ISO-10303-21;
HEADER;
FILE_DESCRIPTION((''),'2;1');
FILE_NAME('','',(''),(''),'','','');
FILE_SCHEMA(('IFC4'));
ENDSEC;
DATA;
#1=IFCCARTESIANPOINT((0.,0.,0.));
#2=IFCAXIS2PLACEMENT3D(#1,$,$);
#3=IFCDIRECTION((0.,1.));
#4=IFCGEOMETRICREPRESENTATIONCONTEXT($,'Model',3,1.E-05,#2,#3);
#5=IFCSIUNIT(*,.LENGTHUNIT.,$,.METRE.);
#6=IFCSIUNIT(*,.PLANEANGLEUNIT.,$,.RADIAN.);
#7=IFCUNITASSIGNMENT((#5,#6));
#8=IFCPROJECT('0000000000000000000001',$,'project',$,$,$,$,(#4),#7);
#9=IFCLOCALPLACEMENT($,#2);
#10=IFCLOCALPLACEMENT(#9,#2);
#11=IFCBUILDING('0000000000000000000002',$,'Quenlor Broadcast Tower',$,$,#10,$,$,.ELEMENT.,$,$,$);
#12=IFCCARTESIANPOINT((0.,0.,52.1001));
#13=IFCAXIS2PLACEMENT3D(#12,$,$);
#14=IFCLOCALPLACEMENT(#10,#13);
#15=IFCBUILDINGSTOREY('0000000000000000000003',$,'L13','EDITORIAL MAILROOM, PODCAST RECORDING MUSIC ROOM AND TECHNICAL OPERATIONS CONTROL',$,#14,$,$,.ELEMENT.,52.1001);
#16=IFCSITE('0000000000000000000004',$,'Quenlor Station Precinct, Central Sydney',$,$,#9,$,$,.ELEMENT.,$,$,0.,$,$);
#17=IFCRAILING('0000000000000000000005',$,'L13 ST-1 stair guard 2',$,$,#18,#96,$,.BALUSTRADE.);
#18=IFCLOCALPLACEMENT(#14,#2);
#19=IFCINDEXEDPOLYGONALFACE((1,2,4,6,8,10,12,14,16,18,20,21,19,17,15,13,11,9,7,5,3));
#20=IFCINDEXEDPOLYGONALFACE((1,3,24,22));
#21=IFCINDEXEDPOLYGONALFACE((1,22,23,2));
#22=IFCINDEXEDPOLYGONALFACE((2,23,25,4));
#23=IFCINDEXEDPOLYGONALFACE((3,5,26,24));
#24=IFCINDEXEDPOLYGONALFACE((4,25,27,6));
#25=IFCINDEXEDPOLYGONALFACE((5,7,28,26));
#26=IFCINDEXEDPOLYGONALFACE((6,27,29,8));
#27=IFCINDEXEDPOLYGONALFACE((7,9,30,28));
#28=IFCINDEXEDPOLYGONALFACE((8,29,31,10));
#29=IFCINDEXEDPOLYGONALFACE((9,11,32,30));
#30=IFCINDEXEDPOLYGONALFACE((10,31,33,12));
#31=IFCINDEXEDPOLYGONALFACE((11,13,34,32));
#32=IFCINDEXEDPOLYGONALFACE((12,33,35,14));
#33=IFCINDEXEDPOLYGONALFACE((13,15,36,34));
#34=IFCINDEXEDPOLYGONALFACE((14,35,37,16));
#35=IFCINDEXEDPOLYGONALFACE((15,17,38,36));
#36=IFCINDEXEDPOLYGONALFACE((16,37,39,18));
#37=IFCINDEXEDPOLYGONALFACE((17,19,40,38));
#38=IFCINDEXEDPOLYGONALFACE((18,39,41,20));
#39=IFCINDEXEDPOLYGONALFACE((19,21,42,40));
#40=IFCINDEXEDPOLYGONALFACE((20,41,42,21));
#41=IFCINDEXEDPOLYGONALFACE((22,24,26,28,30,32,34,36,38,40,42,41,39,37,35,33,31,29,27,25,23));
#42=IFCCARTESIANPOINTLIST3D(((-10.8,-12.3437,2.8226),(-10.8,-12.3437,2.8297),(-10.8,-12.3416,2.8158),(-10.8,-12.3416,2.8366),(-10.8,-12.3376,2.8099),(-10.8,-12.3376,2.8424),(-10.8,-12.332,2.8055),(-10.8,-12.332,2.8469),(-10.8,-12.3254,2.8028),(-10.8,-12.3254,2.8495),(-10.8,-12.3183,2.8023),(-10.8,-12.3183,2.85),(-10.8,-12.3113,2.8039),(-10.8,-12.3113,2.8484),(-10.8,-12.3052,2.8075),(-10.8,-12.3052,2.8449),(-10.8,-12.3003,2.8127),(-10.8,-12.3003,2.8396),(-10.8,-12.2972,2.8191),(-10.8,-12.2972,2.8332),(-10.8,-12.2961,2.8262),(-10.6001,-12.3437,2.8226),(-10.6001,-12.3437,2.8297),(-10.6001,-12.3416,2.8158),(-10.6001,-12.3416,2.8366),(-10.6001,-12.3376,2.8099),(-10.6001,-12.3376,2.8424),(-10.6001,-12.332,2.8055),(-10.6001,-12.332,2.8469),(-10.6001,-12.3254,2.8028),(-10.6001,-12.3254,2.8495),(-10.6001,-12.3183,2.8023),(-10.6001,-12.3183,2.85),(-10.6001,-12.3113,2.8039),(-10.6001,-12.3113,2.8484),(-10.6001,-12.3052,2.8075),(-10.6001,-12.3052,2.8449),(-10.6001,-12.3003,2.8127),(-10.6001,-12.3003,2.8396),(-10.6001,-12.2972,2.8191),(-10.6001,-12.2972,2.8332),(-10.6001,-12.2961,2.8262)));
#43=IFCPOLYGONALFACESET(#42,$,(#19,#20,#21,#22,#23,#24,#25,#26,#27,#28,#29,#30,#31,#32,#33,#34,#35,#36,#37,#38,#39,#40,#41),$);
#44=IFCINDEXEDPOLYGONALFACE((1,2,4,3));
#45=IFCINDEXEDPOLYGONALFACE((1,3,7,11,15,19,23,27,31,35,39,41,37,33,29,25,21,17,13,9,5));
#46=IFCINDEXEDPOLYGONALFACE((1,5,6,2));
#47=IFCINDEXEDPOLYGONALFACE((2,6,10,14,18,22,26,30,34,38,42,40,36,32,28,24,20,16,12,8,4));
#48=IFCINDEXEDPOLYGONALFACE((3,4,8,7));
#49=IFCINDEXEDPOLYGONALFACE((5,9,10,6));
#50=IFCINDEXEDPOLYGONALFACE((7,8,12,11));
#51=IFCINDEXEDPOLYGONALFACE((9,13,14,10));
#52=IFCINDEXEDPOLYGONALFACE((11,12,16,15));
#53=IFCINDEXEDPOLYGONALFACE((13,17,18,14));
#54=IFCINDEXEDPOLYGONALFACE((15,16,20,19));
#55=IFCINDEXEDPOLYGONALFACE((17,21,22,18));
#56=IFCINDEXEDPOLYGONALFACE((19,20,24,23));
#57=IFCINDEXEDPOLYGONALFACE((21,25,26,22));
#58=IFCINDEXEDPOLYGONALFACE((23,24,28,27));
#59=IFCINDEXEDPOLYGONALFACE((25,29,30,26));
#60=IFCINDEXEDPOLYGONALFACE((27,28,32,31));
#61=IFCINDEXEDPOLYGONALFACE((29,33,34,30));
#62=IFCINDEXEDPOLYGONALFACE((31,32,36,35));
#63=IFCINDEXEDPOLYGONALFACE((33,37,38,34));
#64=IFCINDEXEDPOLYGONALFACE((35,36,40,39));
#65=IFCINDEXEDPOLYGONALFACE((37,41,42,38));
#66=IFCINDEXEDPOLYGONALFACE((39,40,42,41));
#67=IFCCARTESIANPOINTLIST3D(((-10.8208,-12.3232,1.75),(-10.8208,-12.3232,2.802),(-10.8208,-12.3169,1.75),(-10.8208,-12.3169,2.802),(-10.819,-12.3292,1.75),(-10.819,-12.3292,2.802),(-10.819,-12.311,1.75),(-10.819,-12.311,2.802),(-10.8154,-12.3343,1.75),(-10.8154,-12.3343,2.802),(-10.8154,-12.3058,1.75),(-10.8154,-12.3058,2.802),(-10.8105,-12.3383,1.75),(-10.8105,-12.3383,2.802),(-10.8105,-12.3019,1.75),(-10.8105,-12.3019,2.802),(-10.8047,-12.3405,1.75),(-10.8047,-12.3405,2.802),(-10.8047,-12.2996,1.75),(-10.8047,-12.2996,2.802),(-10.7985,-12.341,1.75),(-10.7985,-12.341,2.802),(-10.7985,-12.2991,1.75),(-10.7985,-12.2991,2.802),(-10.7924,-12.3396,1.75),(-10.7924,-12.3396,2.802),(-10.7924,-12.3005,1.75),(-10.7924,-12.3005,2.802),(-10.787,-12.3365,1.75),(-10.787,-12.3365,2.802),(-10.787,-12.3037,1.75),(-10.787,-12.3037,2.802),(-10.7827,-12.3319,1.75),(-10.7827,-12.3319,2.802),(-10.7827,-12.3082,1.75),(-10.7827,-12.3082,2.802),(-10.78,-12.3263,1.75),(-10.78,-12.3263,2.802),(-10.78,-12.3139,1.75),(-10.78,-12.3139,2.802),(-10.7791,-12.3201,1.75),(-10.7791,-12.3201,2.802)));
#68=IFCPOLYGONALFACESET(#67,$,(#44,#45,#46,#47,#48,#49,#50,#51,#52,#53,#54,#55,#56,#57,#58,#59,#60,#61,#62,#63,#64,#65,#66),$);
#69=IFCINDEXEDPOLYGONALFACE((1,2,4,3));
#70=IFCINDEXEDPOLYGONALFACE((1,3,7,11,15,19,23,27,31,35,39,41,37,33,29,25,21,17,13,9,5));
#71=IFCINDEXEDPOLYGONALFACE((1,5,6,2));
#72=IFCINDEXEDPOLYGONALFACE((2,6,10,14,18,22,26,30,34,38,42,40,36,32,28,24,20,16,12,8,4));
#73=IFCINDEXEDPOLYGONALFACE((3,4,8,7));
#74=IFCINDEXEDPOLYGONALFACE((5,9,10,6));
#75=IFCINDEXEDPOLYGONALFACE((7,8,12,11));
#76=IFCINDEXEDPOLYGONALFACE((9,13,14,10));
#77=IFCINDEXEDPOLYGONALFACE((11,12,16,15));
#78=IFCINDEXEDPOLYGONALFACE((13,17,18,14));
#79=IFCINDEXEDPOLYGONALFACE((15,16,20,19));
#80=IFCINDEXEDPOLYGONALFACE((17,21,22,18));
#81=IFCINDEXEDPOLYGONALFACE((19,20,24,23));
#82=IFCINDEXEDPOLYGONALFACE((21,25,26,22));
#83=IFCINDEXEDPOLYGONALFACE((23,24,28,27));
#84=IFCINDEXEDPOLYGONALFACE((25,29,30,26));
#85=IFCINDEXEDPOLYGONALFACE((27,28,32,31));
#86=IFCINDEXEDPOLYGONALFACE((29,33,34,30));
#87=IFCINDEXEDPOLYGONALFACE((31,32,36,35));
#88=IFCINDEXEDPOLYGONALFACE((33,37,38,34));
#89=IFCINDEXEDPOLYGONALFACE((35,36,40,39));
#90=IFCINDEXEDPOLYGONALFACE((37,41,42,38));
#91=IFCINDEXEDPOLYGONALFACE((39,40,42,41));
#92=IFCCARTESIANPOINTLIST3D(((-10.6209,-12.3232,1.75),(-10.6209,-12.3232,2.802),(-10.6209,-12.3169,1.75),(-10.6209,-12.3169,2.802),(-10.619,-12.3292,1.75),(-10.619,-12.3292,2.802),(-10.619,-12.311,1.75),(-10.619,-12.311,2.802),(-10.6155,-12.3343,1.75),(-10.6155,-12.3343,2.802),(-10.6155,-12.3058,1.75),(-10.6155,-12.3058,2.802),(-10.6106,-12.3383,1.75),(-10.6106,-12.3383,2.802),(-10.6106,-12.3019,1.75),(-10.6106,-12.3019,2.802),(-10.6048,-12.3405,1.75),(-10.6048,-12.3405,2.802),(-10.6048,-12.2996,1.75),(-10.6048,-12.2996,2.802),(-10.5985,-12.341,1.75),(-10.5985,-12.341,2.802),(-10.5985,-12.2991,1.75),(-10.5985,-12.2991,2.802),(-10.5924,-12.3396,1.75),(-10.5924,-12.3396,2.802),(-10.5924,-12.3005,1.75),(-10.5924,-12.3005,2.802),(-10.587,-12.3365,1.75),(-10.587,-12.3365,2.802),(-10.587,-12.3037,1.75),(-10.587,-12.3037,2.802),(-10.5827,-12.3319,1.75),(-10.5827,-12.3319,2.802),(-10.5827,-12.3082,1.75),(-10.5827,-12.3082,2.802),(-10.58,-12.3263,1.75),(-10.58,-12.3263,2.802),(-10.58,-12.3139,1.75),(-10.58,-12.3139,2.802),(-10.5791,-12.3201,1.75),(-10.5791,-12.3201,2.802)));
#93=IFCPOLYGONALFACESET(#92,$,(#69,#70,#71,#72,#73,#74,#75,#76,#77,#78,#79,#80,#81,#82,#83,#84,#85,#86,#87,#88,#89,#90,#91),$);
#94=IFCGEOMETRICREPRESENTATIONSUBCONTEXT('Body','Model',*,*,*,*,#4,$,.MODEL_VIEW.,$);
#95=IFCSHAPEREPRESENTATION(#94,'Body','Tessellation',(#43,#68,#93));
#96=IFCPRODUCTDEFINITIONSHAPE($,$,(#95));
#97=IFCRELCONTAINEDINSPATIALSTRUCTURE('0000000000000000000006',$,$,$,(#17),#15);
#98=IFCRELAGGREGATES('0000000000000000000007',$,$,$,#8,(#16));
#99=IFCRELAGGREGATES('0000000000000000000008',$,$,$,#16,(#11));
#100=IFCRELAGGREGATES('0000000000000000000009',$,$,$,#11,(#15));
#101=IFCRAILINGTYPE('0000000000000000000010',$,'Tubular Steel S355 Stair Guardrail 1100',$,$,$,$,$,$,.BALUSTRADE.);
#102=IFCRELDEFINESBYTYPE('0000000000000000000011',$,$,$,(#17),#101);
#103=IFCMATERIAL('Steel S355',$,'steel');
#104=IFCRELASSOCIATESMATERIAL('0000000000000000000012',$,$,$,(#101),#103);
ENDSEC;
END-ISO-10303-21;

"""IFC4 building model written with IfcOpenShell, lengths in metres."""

from ifc_helpers import new_model, si_unit, direction, frame, origin, origin_2d, place, context, subcontext, project, spatial, circle, extrude, material, type_object, element, save


model = new_model("IFC4")

# Units and contexts
model_context = context("Model", 3, precision=1e-05, world=origin(), true_north=direction((0.0, 1.0)))
body_context = subcontext(model_context, "Body", "Model", "MODEL_VIEW")
ifc_project = project(units=[si_unit("LENGTHUNIT", "METRE"), si_unit("PLANEANGLEUNIT", "RADIAN")], contexts=[model_context])

# Site, building, storey
site_placement = place(None, origin())
site = spatial("IfcSite", under=ifc_project, at=site_placement, Name="Quenlor Station Precinct, Central Sydney", CompositionType="ELEMENT", RefElevation=0.0)
building_placement = place(site_placement, origin())
building = spatial("IfcBuilding", under=site, at=building_placement, Name="Quenlor Broadcast Tower", CompositionType="ELEMENT")
storey_placement = place(building_placement, frame((0.0, 0.0, 52.1001)))
storey = spatial("IfcBuildingStorey", under=building, at=storey_placement, Name="L13", Description="EDITORIAL MAILROOM, PODCAST RECORDING MUSIC ROOM AND TECHNICAL OPERATIONS CONTROL", CompositionType="ELEMENT", Elevation=52.1001)

# Railing
ifc_material_1 = material(Name="Steel S355", Category="steel")
railing_type = type_object("IfcRailingType", Name="Tubular Steel S355 Stair Guardrail 1100", PredefinedType="BALUSTRADE", material=ifc_material_1)
railing_1_placement = place(storey_placement, frame((-10.8, -12.3201, 1.75)))
element("IfcRailing", 1, at=railing_1_placement, inside=storey, type_object=railing_type, Name="L13 ST-1 stair guard 2", PredefinedType="BALUSTRADE", context=body_context, shape_type="SweptSolid", body=[
    extrude(circle(Radius=0.0239, at=origin_2d()), frame((0.0, 0.0, 1.0762), z_axis=(1.0, 0.0, 0.0), x_axis=(0.0, 1.0, 0.0)), (0.0, 0.0, 1.0), 0.2),
    extrude(circle(Radius=0.021, at=origin_2d()), origin(), (0.0, 0.0, 1.0), 1.052),
    extrude(circle(Radius=0.021, at=origin_2d()), frame((0.2, 0.0, 0.0)), (0.0, 0.0, 1.0), 1.052),
])

save(model, "model.ifc")
